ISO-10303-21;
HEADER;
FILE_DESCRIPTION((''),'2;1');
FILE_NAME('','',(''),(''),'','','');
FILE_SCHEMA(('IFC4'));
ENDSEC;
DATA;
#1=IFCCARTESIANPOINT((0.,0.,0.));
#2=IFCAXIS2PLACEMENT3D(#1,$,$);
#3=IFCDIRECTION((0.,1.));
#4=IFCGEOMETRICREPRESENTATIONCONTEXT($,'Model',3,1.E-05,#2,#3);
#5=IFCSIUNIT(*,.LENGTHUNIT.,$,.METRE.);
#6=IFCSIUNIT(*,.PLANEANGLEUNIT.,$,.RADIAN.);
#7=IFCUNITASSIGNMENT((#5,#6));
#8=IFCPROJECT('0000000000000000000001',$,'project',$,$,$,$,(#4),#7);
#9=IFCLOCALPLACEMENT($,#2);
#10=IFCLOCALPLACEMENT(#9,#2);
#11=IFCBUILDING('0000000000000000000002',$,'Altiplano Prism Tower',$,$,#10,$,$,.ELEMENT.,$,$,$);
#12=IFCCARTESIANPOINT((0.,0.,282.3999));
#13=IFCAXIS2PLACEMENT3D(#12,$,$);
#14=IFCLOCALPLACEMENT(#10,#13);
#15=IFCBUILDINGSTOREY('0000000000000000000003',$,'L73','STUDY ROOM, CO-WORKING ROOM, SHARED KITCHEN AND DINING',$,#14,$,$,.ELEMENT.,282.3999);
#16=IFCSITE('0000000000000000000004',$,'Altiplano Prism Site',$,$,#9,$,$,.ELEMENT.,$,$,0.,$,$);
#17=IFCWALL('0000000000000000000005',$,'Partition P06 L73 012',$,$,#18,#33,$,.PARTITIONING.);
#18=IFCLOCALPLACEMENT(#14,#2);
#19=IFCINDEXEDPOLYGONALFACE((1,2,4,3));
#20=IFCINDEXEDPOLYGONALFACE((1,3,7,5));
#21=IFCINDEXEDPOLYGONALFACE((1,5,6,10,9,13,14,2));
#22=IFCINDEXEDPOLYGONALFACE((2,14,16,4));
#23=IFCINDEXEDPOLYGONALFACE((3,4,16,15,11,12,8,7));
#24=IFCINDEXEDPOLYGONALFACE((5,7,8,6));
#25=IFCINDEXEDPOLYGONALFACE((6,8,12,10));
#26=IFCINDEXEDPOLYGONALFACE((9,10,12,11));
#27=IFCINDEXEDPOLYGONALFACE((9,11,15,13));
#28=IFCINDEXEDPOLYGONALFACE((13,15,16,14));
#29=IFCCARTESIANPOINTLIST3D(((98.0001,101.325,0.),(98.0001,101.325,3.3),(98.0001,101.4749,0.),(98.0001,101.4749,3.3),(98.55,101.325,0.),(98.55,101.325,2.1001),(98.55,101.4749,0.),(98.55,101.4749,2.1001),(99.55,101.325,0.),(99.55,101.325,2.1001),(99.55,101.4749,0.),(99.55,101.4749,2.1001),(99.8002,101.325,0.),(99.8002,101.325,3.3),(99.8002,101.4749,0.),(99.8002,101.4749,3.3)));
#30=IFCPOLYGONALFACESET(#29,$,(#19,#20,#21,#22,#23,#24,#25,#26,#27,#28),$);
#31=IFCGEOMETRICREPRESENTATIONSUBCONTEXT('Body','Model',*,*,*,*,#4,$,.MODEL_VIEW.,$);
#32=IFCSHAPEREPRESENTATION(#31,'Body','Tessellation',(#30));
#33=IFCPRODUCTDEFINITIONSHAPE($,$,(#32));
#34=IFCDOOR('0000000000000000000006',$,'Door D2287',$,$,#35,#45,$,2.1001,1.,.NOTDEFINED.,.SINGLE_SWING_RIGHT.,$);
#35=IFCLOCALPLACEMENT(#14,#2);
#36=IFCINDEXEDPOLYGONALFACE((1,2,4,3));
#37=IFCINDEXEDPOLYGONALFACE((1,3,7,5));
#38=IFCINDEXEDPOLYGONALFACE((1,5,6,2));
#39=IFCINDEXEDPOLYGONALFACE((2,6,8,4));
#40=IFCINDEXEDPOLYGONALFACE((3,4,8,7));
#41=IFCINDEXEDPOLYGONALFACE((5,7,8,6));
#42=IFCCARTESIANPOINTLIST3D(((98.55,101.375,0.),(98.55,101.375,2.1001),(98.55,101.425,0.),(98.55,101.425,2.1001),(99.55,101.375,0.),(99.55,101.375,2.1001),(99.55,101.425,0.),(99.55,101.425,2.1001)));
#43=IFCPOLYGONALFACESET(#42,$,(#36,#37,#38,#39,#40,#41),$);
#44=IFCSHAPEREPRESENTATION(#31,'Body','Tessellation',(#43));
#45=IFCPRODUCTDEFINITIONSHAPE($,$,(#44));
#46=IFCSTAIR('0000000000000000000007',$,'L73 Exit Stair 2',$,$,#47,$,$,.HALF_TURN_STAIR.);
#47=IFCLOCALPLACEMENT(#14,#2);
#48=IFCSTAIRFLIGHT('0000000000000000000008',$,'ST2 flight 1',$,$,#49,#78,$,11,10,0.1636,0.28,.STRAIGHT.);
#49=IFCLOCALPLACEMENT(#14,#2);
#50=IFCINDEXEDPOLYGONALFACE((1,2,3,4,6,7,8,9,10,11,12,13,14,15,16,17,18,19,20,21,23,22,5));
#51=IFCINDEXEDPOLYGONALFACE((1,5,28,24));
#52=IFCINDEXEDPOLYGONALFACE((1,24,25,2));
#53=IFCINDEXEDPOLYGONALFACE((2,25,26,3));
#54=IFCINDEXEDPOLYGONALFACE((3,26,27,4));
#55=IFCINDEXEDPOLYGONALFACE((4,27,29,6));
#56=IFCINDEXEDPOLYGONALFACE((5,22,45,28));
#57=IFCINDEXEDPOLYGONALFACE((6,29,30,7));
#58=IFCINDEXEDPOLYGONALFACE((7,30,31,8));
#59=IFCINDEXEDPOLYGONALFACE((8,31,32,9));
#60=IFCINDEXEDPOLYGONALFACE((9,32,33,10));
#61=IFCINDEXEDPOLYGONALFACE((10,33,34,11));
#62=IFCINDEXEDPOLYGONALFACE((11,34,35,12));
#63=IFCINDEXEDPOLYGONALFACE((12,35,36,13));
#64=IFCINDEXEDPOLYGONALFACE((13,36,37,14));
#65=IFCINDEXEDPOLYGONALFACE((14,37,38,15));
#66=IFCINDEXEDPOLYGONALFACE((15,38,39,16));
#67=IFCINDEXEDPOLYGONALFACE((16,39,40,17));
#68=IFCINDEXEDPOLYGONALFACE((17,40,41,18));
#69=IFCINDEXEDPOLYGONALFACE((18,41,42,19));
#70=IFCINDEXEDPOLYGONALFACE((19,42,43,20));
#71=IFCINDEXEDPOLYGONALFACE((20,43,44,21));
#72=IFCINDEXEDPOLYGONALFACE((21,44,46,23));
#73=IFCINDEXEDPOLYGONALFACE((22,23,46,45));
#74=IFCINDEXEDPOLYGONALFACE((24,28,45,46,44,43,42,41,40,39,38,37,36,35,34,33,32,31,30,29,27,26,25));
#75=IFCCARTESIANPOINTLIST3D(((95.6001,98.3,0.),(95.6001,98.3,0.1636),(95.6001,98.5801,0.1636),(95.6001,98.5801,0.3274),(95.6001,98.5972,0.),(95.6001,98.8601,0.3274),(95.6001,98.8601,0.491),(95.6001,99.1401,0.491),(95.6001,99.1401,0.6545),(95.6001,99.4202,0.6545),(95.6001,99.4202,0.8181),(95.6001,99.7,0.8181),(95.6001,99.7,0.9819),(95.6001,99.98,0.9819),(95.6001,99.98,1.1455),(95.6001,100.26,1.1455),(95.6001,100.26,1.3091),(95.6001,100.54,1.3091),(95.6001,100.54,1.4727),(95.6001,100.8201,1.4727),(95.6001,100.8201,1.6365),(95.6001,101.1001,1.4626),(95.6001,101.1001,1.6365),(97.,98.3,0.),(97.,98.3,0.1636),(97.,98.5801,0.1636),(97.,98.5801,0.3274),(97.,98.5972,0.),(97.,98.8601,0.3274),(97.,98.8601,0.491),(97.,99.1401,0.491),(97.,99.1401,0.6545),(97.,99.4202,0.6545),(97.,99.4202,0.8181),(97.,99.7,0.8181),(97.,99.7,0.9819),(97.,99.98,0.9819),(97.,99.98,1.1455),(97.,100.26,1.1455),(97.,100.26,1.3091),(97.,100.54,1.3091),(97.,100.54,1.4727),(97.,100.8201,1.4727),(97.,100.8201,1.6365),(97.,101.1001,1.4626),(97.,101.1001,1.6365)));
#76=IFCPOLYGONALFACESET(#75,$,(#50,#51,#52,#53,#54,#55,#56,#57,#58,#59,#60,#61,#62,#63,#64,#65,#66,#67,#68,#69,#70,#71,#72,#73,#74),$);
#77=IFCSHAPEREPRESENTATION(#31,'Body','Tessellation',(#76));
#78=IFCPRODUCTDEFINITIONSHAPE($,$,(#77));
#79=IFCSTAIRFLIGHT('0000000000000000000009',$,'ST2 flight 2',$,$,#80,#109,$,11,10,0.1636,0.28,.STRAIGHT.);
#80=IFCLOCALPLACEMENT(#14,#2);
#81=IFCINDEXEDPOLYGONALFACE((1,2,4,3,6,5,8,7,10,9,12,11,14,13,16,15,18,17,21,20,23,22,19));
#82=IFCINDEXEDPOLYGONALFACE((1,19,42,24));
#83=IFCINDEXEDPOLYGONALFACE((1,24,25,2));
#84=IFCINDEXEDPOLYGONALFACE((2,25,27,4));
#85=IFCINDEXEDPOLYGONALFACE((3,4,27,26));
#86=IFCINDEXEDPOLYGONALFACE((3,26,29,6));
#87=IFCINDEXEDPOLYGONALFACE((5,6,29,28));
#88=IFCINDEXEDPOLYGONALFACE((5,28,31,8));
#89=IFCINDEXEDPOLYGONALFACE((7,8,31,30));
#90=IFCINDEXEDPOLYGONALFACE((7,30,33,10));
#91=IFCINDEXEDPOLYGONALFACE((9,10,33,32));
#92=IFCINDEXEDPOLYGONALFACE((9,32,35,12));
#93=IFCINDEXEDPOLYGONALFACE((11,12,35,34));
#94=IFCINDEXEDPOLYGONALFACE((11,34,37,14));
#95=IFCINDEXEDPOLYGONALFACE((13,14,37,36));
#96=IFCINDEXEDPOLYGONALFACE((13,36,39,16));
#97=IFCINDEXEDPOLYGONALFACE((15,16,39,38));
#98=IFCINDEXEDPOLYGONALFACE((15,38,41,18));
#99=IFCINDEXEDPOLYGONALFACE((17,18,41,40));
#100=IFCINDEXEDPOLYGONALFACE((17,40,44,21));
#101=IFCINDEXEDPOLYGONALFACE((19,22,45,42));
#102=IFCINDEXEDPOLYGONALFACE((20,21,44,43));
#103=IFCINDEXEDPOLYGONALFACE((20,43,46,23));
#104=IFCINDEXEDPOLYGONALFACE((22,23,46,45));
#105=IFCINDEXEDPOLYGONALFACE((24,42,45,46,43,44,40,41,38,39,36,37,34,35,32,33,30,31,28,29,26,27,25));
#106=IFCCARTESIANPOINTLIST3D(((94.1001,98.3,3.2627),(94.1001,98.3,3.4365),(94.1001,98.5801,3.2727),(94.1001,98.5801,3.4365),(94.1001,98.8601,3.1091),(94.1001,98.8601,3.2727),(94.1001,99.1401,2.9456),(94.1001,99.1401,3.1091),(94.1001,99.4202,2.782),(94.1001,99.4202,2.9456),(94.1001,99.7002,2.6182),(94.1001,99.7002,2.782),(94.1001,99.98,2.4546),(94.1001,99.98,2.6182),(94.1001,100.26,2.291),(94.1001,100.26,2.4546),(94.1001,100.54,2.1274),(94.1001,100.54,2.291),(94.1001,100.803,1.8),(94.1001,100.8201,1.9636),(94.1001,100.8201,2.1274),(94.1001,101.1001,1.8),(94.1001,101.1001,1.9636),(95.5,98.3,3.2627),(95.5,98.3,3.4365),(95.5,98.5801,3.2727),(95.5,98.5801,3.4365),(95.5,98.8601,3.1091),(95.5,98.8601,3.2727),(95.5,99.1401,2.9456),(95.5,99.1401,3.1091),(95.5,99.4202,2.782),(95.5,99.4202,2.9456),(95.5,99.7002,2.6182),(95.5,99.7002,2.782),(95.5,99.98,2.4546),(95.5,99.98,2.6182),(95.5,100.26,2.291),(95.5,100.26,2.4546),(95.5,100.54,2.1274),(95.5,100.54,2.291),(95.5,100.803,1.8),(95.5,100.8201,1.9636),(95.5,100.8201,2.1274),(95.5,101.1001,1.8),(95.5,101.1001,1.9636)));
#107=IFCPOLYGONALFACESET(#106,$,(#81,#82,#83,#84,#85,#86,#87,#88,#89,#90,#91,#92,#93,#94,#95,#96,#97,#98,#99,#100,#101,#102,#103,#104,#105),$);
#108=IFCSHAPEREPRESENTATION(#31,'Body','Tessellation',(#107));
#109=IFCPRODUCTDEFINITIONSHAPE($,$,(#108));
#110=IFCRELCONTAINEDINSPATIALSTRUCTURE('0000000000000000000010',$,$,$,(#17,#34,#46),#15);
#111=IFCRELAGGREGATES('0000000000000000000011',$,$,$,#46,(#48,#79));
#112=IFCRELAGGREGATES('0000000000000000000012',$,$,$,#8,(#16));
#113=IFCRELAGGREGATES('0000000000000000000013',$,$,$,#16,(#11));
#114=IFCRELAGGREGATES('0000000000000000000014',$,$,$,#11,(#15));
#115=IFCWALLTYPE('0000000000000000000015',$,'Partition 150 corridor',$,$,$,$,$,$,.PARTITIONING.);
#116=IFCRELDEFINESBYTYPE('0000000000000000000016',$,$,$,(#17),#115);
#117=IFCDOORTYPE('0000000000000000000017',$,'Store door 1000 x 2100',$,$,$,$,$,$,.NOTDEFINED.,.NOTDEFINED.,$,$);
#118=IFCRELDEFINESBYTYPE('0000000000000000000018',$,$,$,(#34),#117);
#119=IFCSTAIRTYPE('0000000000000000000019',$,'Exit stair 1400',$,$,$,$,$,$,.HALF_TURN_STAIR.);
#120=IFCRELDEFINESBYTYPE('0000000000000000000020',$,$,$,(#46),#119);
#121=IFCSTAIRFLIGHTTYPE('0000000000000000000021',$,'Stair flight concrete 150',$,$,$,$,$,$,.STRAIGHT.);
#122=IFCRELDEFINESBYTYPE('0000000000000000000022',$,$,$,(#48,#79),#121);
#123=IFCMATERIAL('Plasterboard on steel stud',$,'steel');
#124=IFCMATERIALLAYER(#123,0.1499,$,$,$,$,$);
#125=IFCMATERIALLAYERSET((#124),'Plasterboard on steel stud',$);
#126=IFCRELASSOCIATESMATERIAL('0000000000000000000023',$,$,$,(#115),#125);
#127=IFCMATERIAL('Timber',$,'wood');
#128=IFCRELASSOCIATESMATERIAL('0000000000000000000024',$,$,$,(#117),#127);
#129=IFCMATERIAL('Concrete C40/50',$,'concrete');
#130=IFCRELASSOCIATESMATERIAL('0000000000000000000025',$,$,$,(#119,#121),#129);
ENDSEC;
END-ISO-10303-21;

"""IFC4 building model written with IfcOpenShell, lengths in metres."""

from ifc_helpers import new_model, si_unit, direction, frame, frame_2d, origin, place, context, subcontext, project, spatial, polyline, rectangle, outline, extrude, material, layer, layer_set, type_object, element, fill, aggregate, save


model = new_model("IFC4")

# Units and contexts
model_context = context("Model", 3, precision=1e-05, world=origin(), true_north=direction((0.0, 1.0)))
body_context = subcontext(model_context, "Body", "Model", "MODEL_VIEW")
ifc_project = project(units=[si_unit("LENGTHUNIT", "METRE"), si_unit("PLANEANGLEUNIT", "RADIAN")], contexts=[model_context])

# Site, building, storey
site_placement = place(None, origin())
site = spatial("IfcSite", under=ifc_project, at=site_placement, Name="Altiplano Prism Site", CompositionType="ELEMENT", RefElevation=0.0)
building_placement = place(site_placement, origin())
building = spatial("IfcBuilding", under=site, at=building_placement, Name="Altiplano Prism Tower", CompositionType="ELEMENT")
storey_placement = place(building_placement, frame((0.0, 0.0, 282.3999)))
storey = spatial("IfcBuildingStorey", under=building, at=storey_placement, Name="L73", Description="STUDY ROOM, CO-WORKING ROOM, SHARED KITCHEN AND DINING", CompositionType="ELEMENT", Elevation=282.3999)

# Shared definitions
ifc_material_1 = material(Name="Plasterboard on steel stud", Category="steel")
ifc_layer_1 = layer(ifc_material_1, 0.1499)
ifc_layer_set_1 = layer_set([ifc_layer_1], Name="Plasterboard on steel stud")
wall_type_1 = type_object("IfcWallType", Name="Partition 150 corridor", PredefinedType="PARTITIONING", material=ifc_layer_set_1)

# Wall, opening, door
wall_1_placement = place(storey_placement, frame((99.8, 101.3999, 0.0), z_axis=(0.0, 0.0, 1.0), x_axis=(-1.0, 0.0, 0.0)))
wall_1 = element("IfcWall", 1, at=wall_1_placement, inside=storey, type_object=wall_type_1, Name="Partition P06 L73 012", PredefinedType="PARTITIONING", context=body_context, shape_type="SweptSolid", body=[
    extrude(rectangle(XDim=1.8, YDim=0.1499, at=frame_2d((0.8999, 0.0))), origin(), (0.0, 0.0, 1.0), 3.3),
])
opening_placement = place(wall_1_placement, frame((0.25, 0.0, 0.0)))
opening = element("IfcOpeningElement", 2, at=opening_placement, cuts=wall_1, PredefinedType="OPENING", context=body_context, shape_type="SweptSolid", body=[
    extrude(rectangle(XDim=1.0, YDim=2.1001, at=frame_2d((0.5, 1.05))), frame((0.0, 0.0854, 0.0), z_axis=(0.0, -1.0, 0.0), x_axis=(1.0, 0.0, 0.0)), (0.0, 0.0, 1.0), 0.1709),
])
ifc_material_2 = material(Name="Timber", Category="wood")
door_type = type_object("IfcDoorType", Name="Store door 1000 x 2100", OperationType="NOTDEFINED", PredefinedType="NOTDEFINED", material=ifc_material_2)
door_placement = place(opening_placement, origin())
door = element("IfcDoor", 3, at=door_placement, inside=storey, type_object=door_type, Name="Door D2287", OperationType="SINGLE_SWING_RIGHT", OverallHeight=2.1001, OverallWidth=1.0, PredefinedType="NOTDEFINED", context=body_context, shape_type="SweptSolid", body=[
    extrude(rectangle(XDim=1.0, YDim=2.1001, at=frame_2d((0.5, 1.05))), frame((0.0, 0.0249, 0.0), z_axis=(0.0, -1.0, 0.0), x_axis=(1.0, 0.0, 0.0)), (0.0, 0.0, 1.0), 0.05),
])
fill(opening, door)

# Stair, stair flights
ifc_material_3 = material(Name="Concrete C40/50", Category="concrete")
stair_type = type_object("IfcStairType", Name="Exit stair 1400", PredefinedType="HALF_TURN_STAIR", material=ifc_material_3)
stair_placement = place(storey_placement, origin())
stair = element("IfcStair", 4, at=stair_placement, inside=storey, type_object=stair_type, Name="L73 Exit Stair 2", PredefinedType="HALF_TURN_STAIR")
stair_flight_type = type_object("IfcStairFlightType", Name="Stair flight concrete 150", PredefinedType="STRAIGHT", material=ifc_material_3)
stair_flight_1_placement = place(storey_placement, frame((96.3, 98.3, 0.0), z_axis=(0.0, 0.0, 1.0), x_axis=(0.0, 1.0, 0.0)))
stair_flight_1 = element("IfcStairFlight", 5, at=stair_flight_1_placement, type_object=stair_flight_type, Name="ST2 flight 1", NumberOfRisers=11, NumberOfTreads=10, PredefinedType="STRAIGHT", RiserHeight=0.1636, TreadLength=0.28, context=body_context, shape_type="SweptSolid", body=[
    extrude(outline(polyline([(0.0, 0.0), (0.0, 0.1636), (0.28, 0.1636), (0.28, 0.3274), (0.5601, 0.3274), (0.5601, 0.491), (0.8401, 0.491), (0.8401, 0.6545), (1.1201, 0.6545), (1.1201, 0.8181), (1.3999, 0.8181), (1.3999, 0.9819), (1.6799, 0.9819), (1.6799, 1.1455), (1.96, 1.1455), (1.96, 1.3091), (2.24, 1.3091), (2.24, 1.4727), (2.52, 1.4727), (2.52, 1.6365), (2.8, 1.6365), (2.8, 1.8), (2.8, 1.4626), (0.2971, 0.0), (0.0, 0.0)])), frame((0.0, 0.7, 0.0), z_axis=(0.0, -1.0, 0.0), x_axis=(1.0, 0.0, 0.0)), (0.0, 0.0, 1.0), 1.3999),
])
stair_flight_2_placement = place(storey_placement, frame((94.8, 101.1001, 1.8), z_axis=(0.0, 0.0, 1.0), x_axis=(0.0, -1.0, 0.0)))
stair_flight_2 = element("IfcStairFlight", 6, at=stair_flight_2_placement, type_object=stair_flight_type, Name="ST2 flight 2", NumberOfRisers=11, NumberOfTreads=10, PredefinedType="STRAIGHT", RiserHeight=0.1636, TreadLength=0.28, context=body_context, shape_type="SweptSolid", body=[
    extrude(outline(polyline([(0.0, 0.0), (0.0, 0.1636), (0.28, 0.1636), (0.28, 0.3274), (0.5601, 0.3274), (0.5601, 0.491), (0.8401, 0.491), (0.8401, 0.6545), (1.1201, 0.6545), (1.1201, 0.8181), (1.3999, 0.8181), (1.3999, 0.9819), (1.6799, 0.9819), (1.6799, 1.1455), (1.96, 1.1455), (1.96, 1.3091), (2.24, 1.3091), (2.24, 1.4727), (2.52, 1.4727), (2.52, 1.6365), (2.8, 1.6365), (2.8, 1.8), (2.8, 1.4626), (0.2971, 0.0), (0.0, 0.0)])), frame((0.0, 0.7, 0.0), z_axis=(0.0, -1.0, 0.0), x_axis=(1.0, 0.0, 0.0)), (0.0, 0.0, 1.0), 1.3999),
])
aggregate(stair, [stair_flight_1, stair_flight_2])

save(model, "model.ifc")
